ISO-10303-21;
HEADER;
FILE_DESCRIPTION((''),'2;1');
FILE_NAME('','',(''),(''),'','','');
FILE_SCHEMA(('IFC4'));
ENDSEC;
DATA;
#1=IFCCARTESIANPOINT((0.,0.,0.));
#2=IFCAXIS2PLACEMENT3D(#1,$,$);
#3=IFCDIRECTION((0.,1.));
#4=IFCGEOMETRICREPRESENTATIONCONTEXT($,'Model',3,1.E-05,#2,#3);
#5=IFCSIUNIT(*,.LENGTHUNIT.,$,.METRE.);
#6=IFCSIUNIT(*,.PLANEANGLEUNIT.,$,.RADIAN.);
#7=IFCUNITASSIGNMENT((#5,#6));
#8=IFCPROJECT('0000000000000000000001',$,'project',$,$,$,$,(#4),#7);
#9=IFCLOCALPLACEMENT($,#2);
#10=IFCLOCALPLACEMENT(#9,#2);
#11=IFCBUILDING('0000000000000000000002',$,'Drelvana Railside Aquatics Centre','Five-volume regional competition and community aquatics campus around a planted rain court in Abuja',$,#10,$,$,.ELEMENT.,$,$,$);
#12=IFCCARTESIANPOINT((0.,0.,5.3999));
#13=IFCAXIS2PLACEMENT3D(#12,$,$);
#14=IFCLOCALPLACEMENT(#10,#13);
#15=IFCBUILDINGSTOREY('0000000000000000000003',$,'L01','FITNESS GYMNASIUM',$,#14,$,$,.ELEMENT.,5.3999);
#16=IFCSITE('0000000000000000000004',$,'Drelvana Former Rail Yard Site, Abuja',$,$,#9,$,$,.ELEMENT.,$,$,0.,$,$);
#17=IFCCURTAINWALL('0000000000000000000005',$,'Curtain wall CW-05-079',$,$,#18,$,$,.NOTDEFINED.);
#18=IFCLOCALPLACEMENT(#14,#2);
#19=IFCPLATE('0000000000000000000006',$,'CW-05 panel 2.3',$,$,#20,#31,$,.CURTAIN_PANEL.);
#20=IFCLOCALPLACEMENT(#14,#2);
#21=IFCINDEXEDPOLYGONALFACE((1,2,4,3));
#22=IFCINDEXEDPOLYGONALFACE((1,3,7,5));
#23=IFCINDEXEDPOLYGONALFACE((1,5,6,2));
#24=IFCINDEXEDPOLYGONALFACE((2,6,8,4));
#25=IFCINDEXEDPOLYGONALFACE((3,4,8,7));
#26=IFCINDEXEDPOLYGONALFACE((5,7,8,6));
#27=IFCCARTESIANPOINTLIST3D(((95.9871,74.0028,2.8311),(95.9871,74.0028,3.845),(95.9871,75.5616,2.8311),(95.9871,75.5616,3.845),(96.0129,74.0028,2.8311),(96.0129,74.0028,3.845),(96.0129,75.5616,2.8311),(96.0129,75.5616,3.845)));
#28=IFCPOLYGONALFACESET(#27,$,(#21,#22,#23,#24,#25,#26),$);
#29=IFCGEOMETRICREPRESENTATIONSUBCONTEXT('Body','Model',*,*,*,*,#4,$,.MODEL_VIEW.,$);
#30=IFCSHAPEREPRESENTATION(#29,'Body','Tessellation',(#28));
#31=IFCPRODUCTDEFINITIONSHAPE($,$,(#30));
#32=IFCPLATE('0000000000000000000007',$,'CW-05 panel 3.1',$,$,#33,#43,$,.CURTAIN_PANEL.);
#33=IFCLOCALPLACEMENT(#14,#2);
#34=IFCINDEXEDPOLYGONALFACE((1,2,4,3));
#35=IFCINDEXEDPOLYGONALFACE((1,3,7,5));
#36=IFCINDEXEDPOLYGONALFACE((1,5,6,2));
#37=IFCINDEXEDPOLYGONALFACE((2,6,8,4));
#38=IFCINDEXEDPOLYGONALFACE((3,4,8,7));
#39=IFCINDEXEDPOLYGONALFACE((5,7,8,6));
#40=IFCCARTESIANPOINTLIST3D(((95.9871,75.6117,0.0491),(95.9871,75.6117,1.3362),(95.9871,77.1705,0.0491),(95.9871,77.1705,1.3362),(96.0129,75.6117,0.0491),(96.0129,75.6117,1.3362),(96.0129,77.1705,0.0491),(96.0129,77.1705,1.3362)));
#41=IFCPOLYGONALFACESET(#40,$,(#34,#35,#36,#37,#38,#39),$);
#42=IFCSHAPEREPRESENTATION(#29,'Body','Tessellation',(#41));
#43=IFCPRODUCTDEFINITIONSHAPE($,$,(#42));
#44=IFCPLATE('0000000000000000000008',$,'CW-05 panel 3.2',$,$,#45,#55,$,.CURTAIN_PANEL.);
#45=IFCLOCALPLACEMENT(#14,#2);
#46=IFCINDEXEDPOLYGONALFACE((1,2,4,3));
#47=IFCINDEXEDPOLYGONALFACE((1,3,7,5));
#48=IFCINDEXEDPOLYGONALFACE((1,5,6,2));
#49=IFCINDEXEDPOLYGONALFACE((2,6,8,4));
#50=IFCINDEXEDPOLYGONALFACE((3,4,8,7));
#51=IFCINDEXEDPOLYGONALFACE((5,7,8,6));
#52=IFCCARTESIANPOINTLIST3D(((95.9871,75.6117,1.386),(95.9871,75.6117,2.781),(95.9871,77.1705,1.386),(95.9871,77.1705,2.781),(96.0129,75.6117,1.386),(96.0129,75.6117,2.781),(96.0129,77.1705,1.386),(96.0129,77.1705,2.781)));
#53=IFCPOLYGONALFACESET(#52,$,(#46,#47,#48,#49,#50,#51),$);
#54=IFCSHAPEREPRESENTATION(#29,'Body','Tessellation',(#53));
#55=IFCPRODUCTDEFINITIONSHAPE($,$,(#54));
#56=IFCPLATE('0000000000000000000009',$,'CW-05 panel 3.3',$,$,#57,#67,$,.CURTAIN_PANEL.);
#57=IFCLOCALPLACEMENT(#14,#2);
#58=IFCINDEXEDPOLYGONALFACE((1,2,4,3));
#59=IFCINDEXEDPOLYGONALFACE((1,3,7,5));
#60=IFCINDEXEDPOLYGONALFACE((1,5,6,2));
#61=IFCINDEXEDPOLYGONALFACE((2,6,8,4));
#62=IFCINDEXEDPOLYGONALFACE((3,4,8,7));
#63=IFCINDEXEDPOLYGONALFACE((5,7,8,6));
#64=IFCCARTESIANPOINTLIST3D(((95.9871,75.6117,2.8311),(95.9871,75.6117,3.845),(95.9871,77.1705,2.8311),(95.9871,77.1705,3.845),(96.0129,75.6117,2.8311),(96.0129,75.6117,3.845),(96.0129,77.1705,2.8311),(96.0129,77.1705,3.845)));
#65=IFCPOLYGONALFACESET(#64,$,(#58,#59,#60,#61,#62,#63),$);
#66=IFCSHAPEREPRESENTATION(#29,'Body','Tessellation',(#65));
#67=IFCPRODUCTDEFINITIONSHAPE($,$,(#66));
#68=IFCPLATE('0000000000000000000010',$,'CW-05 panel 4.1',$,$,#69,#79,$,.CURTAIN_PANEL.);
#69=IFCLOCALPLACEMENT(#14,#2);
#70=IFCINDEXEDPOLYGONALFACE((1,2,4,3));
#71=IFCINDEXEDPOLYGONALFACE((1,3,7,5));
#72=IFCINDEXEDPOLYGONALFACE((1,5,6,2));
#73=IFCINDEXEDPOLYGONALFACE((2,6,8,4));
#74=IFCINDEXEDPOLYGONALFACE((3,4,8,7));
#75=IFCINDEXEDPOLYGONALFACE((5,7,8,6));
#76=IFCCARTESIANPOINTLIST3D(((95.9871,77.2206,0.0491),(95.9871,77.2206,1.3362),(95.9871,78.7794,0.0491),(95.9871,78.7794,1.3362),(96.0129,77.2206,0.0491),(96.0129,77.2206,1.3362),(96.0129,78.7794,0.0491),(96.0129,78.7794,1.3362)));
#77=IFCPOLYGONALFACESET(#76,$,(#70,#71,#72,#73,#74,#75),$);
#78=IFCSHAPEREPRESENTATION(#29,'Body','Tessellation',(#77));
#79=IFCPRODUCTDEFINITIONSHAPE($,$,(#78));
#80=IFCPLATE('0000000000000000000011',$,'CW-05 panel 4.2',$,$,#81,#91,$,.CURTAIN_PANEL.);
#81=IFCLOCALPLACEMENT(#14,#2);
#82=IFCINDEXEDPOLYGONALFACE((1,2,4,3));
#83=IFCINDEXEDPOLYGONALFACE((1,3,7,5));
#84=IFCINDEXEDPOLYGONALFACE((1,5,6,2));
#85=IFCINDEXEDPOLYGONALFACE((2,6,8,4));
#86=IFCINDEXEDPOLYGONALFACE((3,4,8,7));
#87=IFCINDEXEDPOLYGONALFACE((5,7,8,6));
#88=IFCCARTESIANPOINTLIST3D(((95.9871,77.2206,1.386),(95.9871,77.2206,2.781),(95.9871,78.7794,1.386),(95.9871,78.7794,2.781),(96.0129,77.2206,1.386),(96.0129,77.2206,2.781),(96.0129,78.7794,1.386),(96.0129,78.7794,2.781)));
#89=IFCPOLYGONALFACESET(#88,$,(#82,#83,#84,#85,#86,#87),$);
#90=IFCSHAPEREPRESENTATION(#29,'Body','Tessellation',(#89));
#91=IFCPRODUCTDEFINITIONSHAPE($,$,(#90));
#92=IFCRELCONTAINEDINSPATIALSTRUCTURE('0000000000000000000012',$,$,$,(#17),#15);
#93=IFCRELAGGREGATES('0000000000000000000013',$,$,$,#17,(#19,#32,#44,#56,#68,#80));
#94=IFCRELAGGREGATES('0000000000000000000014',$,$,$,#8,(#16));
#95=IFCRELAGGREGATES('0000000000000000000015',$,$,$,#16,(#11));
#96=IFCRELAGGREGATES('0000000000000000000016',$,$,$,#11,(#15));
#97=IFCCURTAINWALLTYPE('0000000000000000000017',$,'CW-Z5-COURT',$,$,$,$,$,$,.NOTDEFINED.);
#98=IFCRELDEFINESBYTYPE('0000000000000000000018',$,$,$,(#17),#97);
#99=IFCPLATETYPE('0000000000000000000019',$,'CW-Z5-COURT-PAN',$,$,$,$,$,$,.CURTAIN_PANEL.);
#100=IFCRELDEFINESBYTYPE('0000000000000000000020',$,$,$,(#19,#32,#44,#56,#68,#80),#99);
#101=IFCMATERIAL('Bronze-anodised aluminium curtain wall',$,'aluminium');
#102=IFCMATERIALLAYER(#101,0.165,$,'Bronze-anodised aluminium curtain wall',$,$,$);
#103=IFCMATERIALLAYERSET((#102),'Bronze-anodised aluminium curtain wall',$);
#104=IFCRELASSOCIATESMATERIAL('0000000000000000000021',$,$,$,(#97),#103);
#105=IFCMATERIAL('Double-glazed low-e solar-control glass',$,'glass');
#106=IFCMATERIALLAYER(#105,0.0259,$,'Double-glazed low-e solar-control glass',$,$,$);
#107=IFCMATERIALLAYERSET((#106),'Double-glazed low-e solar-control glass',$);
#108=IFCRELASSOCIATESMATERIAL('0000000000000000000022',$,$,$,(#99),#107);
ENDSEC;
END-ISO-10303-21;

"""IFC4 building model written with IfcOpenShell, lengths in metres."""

from ifc_helpers import new_model, si_unit, direction, frame, origin, origin_2d, place, context, subcontext, project, spatial, rectangle, extrude, material, layer, layer_set, type_object, element, aggregate, save


model = new_model("IFC4")

# Units and contexts
model_context = context("Model", 3, precision=1e-05, world=origin(), true_north=direction((0.0, 1.0)))
body_context = subcontext(model_context, "Body", "Model", "MODEL_VIEW")
ifc_project = project(units=[si_unit("LENGTHUNIT", "METRE"), si_unit("PLANEANGLEUNIT", "RADIAN")], contexts=[model_context])

# Site, building, storey
site_placement = place(None, origin())
site = spatial("IfcSite", under=ifc_project, at=site_placement, Name="Drelvana Former Rail Yard Site, Abuja", CompositionType="ELEMENT", RefElevation=0.0)
building_placement = place(site_placement, origin())
building = spatial("IfcBuilding", under=site, at=building_placement, Name="Drelvana Railside Aquatics Centre", Description="Five-volume regional competition and community aquatics campus around a planted rain court in Abuja", CompositionType="ELEMENT")
storey_placement = place(building_placement, frame((0.0, 0.0, 5.3999)))
storey = spatial("IfcBuildingStorey", under=building, at=storey_placement, Name="L01", Description="FITNESS GYMNASIUM", CompositionType="ELEMENT", Elevation=5.3999)

# Curtain wall
ifc_material_1 = material(Name="Bronze-anodised aluminium curtain wall", Category="aluminium")
ifc_layer_1 = layer(ifc_material_1, 0.165, Name="Bronze-anodised aluminium curtain wall")
ifc_layer_set_1 = layer_set([ifc_layer_1], Name="Bronze-anodised aluminium curtain wall")
curtain_wall_type = type_object("IfcCurtainWallType", Name="CW-Z5-COURT", PredefinedType="NOTDEFINED", material=ifc_layer_set_1)
curtain_wall_placement = place(storey_placement, origin())
curtain_wall = element("IfcCurtainWall", 1, at=curtain_wall_placement, inside=storey, type_object=curtain_wall_type, Name="Curtain wall CW-05-079", PredefinedType="NOTDEFINED")

# Plates
ifc_material_2 = material(Name="Double-glazed low-e solar-control glass", Category="glass")
ifc_layer_2 = layer(ifc_material_2, 0.0259, Name="Double-glazed low-e solar-control glass")
ifc_layer_set_2 = layer_set([ifc_layer_2], Name="Double-glazed low-e solar-control glass")
plate_type = type_object("IfcPlateType", Name="CW-Z5-COURT-PAN", PredefinedType="CURTAIN_PANEL", material=ifc_layer_set_2)
plate_1_placement = place(storey_placement, frame((96.0, 74.7822, 2.8311), z_axis=(0.0, 0.0, 1.0), x_axis=(0.0, 1.0, 0.0)))
plate_1 = element("IfcPlate", 2, at=plate_1_placement, type_object=plate_type, Name="CW-05 panel 2.3", PredefinedType="CURTAIN_PANEL", context=body_context, shape_type="SweptSolid", body=[
    extrude(rectangle(XDim=1.5588, YDim=0.0259, at=origin_2d()), origin(), (0.0, 0.0, 1.0), 1.0139),
])
plate_2_placement = place(storey_placement, frame((96.0, 76.3911, 0.0491), z_axis=(0.0, 0.0, 1.0), x_axis=(0.0, 1.0, 0.0)))
plate_2 = element("IfcPlate", 3, at=plate_2_placement, type_object=plate_type, Name="CW-05 panel 3.1", PredefinedType="CURTAIN_PANEL", context=body_context, shape_type="SweptSolid", body=[
    extrude(rectangle(XDim=1.5588, YDim=0.0259, at=origin_2d()), origin(), (0.0, 0.0, 1.0), 1.2871),
])
plate_3_placement = place(storey_placement, frame((96.0, 76.3911, 1.386), z_axis=(0.0, 0.0, 1.0), x_axis=(0.0, 1.0, 0.0)))
plate_3 = element("IfcPlate", 4, at=plate_3_placement, type_object=plate_type, Name="CW-05 panel 3.2", PredefinedType="CURTAIN_PANEL", context=body_context, shape_type="SweptSolid", body=[
    extrude(rectangle(XDim=1.5588, YDim=0.0259, at=origin_2d()), origin(), (0.0, 0.0, 1.0), 1.395),
])
plate_4_placement = place(storey_placement, frame((96.0, 76.3911, 2.8311), z_axis=(0.0, 0.0, 1.0), x_axis=(0.0, 1.0, 0.0)))
plate_4 = element("IfcPlate", 5, at=plate_4_placement, type_object=plate_type, Name="CW-05 panel 3.3", PredefinedType="CURTAIN_PANEL", context=body_context, shape_type="SweptSolid", body=[
    extrude(rectangle(XDim=1.5588, YDim=0.0259, at=origin_2d()), origin(), (0.0, 0.0, 1.0), 1.0139),
])
plate_5_placement = place(storey_placement, frame((96.0, 78.0, 0.0491), z_axis=(0.0, 0.0, 1.0), x_axis=(0.0, 1.0, 0.0)))
plate_5 = element("IfcPlate", 6, at=plate_5_placement, type_object=plate_type, Name="CW-05 panel 4.1", PredefinedType="CURTAIN_PANEL", context=body_context, shape_type="SweptSolid", body=[
    extrude(rectangle(XDim=1.5588, YDim=0.0259, at=origin_2d()), origin(), (0.0, 0.0, 1.0), 1.2871),
])
plate_6_placement = place(storey_placement, frame((96.0, 78.0, 1.386), z_axis=(0.0, 0.0, 1.0), x_axis=(0.0, 1.0, 0.0)))
plate_6 = element("IfcPlate", 7, at=plate_6_placement, type_object=plate_type, Name="CW-05 panel 4.2", PredefinedType="CURTAIN_PANEL", context=body_context, shape_type="SweptSolid", body=[
    extrude(rectangle(XDim=1.5588, YDim=0.0259, at=origin_2d()), origin(), (0.0, 0.0, 1.0), 1.395),
])
aggregate(curtain_wall, [plate_1, plate_2, plate_3, plate_4, plate_5, plate_6])

save(model, "model.ifc")
